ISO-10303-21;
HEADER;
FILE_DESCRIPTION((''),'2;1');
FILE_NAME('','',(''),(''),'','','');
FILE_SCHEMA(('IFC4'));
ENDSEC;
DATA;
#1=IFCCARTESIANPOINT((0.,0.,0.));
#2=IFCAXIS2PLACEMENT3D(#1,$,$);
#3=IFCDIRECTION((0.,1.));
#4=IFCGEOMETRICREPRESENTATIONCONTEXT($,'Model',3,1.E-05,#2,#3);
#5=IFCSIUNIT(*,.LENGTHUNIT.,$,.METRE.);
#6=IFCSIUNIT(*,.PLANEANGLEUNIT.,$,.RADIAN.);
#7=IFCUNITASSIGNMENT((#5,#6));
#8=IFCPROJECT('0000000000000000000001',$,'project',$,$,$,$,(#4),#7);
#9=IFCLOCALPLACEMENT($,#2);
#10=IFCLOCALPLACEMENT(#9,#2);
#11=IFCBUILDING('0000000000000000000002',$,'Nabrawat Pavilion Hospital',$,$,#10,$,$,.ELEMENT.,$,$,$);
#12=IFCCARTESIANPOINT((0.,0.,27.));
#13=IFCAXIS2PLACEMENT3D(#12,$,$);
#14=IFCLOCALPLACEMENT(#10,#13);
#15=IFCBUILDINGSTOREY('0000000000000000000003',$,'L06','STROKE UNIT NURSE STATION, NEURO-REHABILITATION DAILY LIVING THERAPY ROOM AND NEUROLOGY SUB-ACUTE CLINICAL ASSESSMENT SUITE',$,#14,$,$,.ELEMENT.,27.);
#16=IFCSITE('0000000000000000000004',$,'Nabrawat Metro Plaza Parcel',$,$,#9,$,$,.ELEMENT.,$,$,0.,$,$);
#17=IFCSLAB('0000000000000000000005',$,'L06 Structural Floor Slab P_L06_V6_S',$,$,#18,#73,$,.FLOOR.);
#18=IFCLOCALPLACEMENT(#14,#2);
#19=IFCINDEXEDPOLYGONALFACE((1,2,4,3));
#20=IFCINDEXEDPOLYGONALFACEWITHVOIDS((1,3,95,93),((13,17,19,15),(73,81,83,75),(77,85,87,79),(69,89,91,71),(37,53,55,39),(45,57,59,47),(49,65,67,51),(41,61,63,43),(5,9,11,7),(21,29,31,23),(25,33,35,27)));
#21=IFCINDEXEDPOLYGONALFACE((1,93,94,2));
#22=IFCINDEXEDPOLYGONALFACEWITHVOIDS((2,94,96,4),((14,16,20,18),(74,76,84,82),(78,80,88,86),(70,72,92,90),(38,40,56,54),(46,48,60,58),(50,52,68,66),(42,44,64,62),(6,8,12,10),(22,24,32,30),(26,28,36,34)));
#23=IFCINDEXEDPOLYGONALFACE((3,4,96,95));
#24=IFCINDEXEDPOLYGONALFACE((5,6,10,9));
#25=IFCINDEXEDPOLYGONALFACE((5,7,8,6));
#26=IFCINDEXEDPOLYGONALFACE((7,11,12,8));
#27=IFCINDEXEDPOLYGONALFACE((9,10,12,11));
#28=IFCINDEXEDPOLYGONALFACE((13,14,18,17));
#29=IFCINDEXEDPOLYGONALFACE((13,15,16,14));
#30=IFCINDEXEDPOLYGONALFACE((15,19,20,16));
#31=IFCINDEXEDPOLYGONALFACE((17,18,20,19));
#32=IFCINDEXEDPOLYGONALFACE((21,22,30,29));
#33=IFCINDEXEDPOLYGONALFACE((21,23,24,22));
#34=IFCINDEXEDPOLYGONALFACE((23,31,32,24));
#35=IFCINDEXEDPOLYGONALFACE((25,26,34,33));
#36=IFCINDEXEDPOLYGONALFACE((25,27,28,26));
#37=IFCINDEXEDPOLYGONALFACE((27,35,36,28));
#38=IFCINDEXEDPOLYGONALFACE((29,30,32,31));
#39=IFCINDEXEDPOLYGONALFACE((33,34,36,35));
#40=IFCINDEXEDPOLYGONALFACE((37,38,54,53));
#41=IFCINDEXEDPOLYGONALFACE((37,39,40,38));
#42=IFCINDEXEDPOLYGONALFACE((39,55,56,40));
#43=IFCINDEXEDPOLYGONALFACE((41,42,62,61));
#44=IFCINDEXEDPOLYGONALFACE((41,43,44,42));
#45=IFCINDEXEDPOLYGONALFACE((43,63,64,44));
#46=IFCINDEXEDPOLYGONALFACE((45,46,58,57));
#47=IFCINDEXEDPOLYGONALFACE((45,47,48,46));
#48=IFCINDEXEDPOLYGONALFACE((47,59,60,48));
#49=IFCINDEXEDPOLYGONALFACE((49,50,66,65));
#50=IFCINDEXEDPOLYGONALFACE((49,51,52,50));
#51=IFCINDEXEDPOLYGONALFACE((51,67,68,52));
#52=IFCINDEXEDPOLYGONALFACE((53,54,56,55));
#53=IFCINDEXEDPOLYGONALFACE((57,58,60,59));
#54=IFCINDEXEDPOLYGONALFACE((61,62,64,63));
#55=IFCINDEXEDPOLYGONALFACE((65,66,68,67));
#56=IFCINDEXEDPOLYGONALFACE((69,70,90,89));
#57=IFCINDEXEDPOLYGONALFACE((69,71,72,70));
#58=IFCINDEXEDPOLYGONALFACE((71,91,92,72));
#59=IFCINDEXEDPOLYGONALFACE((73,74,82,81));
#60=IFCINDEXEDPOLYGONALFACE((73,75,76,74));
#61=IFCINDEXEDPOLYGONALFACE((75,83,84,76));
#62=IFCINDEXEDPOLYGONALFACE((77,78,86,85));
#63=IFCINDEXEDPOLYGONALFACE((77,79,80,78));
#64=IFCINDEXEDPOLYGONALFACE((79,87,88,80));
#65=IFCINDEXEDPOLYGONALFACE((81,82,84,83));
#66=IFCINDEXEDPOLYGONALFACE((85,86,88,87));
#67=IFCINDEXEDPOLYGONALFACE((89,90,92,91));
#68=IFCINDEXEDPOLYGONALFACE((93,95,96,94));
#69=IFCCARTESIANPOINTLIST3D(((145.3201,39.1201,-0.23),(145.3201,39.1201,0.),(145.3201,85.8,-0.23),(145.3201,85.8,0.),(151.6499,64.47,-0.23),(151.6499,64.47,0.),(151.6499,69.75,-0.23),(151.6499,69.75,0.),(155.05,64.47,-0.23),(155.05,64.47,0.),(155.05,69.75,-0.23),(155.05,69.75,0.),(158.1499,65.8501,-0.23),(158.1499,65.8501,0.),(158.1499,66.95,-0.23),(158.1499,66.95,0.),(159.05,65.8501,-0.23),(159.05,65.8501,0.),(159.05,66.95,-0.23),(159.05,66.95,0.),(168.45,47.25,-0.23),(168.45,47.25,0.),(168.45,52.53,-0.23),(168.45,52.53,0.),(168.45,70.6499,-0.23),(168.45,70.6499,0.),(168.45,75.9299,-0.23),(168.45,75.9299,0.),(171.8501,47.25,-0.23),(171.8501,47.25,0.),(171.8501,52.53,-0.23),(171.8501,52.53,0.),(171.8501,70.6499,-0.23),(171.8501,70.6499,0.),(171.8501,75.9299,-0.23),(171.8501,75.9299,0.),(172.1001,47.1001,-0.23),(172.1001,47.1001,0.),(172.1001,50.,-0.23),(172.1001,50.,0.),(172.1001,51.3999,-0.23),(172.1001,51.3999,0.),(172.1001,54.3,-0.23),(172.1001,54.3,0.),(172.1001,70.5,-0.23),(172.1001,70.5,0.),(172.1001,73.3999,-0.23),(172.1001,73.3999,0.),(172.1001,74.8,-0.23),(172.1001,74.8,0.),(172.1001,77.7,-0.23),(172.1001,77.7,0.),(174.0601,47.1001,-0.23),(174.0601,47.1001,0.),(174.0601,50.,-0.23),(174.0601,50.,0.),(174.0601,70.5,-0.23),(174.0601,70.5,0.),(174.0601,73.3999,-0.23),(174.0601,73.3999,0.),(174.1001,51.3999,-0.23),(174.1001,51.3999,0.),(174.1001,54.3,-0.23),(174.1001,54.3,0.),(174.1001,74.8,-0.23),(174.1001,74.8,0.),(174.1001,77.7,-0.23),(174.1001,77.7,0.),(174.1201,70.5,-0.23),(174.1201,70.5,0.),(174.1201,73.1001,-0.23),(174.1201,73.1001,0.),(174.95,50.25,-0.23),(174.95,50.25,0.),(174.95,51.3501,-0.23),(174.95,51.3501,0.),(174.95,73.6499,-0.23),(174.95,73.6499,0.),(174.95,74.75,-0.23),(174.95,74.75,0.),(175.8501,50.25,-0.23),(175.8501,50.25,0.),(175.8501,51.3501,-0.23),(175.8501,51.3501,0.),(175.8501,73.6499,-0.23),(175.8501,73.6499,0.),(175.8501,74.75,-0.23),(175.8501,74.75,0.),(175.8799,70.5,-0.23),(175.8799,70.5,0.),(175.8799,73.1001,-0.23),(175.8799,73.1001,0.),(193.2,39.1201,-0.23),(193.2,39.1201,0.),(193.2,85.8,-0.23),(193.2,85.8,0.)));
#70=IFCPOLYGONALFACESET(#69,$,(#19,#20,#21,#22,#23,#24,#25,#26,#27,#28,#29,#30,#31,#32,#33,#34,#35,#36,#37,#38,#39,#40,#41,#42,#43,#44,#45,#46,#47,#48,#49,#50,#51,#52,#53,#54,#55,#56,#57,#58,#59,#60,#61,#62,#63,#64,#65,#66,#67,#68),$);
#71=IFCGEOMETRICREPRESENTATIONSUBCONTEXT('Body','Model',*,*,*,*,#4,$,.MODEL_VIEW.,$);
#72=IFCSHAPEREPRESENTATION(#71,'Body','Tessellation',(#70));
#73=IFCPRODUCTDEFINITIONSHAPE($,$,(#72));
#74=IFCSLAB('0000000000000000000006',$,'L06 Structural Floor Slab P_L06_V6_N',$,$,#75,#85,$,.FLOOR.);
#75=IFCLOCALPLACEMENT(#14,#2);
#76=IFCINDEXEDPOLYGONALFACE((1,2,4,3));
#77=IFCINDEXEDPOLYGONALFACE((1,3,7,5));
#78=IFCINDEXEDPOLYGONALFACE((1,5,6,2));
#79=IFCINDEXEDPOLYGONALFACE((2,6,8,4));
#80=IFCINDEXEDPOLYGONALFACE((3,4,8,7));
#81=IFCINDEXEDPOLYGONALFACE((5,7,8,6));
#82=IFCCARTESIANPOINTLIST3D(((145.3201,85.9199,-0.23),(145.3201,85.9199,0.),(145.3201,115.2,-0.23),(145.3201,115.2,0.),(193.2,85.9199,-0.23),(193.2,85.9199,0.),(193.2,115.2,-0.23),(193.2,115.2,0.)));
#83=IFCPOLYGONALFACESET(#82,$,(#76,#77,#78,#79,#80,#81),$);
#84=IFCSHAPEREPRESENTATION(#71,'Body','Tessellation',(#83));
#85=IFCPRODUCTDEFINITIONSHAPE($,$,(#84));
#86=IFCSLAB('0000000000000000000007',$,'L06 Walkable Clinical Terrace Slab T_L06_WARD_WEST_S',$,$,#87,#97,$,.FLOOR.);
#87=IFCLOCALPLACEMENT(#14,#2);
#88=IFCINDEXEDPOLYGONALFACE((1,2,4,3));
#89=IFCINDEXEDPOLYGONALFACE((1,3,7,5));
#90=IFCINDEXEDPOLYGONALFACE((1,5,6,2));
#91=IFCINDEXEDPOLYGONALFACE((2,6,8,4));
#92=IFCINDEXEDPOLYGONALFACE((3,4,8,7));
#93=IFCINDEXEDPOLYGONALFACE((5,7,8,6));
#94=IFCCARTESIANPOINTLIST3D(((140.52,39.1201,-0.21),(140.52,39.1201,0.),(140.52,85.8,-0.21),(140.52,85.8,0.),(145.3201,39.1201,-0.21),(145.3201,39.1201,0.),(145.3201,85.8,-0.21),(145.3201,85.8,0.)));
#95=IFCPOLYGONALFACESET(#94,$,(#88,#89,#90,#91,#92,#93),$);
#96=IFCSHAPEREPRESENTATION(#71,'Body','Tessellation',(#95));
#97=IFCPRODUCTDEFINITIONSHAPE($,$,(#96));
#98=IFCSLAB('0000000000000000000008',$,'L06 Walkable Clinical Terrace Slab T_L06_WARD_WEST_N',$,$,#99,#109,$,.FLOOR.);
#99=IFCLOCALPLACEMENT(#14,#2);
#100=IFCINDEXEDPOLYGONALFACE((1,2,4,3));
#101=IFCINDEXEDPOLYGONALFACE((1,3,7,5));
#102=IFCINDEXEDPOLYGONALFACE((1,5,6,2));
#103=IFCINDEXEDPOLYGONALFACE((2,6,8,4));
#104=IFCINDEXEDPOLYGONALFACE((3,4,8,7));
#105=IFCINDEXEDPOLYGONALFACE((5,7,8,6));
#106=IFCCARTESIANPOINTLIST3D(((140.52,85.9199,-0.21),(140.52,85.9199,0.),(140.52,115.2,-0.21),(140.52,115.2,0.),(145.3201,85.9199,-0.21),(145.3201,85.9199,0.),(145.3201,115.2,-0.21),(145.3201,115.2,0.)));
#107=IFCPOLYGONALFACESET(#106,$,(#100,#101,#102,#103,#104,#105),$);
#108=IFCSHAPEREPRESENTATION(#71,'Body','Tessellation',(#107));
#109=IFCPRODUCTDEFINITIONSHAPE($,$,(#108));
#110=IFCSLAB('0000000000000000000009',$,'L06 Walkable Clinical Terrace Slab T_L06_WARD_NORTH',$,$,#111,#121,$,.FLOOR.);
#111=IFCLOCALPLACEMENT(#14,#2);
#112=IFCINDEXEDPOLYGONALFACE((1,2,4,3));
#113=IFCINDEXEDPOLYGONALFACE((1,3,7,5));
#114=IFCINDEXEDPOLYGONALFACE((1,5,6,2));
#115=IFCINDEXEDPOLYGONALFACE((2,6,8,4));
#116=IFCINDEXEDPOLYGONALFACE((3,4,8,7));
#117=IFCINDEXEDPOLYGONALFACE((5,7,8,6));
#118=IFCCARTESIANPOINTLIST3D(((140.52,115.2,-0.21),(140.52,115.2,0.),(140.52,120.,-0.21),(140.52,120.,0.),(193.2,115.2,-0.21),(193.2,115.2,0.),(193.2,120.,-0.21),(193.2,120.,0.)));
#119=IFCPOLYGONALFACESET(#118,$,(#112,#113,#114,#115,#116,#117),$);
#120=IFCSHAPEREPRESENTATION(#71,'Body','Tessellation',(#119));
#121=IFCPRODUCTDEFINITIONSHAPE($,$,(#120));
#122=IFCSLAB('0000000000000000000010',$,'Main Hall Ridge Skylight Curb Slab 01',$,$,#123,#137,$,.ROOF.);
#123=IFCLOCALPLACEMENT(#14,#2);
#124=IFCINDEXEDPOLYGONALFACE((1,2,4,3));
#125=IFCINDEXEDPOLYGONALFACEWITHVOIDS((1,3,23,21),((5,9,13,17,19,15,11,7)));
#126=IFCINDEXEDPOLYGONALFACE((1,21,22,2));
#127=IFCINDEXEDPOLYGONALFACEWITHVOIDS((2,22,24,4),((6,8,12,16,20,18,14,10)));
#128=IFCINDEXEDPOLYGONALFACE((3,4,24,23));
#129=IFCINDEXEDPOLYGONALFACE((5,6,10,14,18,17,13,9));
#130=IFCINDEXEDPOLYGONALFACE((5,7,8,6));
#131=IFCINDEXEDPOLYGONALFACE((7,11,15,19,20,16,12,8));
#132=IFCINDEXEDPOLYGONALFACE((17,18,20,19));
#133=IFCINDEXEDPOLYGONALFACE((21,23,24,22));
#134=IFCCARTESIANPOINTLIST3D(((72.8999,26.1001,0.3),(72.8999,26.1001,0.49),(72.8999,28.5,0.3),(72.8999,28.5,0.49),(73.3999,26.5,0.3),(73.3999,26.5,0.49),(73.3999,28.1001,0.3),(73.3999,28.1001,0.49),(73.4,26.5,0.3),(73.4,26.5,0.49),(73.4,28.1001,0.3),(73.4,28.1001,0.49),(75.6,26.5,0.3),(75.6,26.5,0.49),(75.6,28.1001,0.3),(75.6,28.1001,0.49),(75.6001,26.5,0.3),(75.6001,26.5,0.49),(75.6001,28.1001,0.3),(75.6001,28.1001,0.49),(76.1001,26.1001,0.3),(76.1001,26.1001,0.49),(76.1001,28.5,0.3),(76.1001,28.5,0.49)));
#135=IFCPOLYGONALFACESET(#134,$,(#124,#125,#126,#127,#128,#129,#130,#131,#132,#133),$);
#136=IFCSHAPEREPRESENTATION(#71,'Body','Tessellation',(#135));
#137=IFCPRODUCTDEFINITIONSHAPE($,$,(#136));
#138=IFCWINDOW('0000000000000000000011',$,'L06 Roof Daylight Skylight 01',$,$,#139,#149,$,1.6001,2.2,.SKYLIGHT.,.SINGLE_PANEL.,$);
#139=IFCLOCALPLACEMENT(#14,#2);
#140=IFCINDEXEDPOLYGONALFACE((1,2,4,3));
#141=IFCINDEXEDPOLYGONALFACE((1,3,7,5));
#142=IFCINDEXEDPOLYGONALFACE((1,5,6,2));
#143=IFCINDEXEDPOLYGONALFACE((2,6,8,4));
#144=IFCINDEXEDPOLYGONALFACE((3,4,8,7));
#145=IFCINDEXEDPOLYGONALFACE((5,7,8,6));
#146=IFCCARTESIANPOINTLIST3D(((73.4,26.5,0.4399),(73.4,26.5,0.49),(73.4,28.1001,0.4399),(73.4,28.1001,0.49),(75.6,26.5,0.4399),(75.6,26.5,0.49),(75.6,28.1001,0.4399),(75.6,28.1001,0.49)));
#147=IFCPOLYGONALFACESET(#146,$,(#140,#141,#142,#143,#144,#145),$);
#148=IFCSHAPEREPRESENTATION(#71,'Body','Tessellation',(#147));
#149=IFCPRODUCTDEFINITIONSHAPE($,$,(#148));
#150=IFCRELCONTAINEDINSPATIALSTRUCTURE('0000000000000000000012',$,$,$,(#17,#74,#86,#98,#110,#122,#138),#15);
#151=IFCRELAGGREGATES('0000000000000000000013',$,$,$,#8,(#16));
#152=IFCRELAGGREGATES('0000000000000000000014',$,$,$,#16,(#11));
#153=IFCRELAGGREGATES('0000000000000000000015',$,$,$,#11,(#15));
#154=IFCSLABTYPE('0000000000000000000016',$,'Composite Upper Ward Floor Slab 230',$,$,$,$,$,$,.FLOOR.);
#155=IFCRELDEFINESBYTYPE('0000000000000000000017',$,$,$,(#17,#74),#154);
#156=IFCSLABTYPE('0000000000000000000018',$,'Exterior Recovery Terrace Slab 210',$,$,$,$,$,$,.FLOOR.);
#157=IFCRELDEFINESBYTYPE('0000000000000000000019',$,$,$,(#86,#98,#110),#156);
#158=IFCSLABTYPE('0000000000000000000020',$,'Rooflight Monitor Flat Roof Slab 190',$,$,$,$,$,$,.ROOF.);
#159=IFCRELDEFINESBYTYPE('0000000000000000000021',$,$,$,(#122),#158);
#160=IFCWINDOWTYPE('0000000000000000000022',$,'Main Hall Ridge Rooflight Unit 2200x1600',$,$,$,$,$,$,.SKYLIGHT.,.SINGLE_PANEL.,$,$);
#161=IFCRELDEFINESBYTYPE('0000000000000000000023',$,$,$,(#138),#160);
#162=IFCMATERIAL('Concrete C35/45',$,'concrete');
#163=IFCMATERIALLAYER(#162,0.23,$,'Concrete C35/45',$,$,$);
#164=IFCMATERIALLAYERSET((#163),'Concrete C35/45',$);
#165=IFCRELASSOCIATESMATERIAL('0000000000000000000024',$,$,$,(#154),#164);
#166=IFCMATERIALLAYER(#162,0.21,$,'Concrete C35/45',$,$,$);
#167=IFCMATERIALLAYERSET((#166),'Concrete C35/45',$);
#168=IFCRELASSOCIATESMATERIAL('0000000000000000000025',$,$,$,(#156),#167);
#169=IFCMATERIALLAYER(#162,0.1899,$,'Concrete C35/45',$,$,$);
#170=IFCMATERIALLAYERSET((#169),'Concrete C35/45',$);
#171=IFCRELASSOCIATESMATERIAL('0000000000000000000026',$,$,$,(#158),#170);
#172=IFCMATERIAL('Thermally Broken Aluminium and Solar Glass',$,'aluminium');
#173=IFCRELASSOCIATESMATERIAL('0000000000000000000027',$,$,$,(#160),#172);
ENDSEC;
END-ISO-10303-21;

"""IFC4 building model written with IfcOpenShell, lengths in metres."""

from ifc_helpers import new_model, si_unit, direction, frame, origin, origin_2d, place, context, subcontext, project, spatial, polyline, rectangle, outline, extrude, material, layer, layer_set, type_object, element, fill, save


model = new_model("IFC4")

# Units and contexts
model_context = context("Model", 3, precision=1e-05, world=origin(), true_north=direction((0.0, 1.0)))
body_context = subcontext(model_context, "Body", "Model", "MODEL_VIEW")
ifc_project = project(units=[si_unit("LENGTHUNIT", "METRE"), si_unit("PLANEANGLEUNIT", "RADIAN")], contexts=[model_context])

# Site, building, storey
site_placement = place(None, origin())
site = spatial("IfcSite", under=ifc_project, at=site_placement, Name="Nabrawat Metro Plaza Parcel", CompositionType="ELEMENT", RefElevation=0.0)
building_placement = place(site_placement, origin())
building = spatial("IfcBuilding", under=site, at=building_placement, Name="Nabrawat Pavilion Hospital", CompositionType="ELEMENT")
storey_placement = place(building_placement, frame((0.0, 0.0, 27.0)))
storey = spatial("IfcBuildingStorey", under=building, at=storey_placement, Name="L06", Description="STROKE UNIT NURSE STATION, NEURO-REHABILITATION DAILY LIVING THERAPY ROOM AND NEUROLOGY SUB-ACUTE CLINICAL ASSESSMENT SUITE", CompositionType="ELEMENT", Elevation=27.0)

# Slabs
ifc_material_1 = material(Name="Concrete C35/45", Category="concrete")
ifc_layer_1 = layer(ifc_material_1, 0.23, Name="Concrete C35/45")
ifc_layer_set_1 = layer_set([ifc_layer_1], Name="Concrete C35/45")
slab_type_1 = type_object("IfcSlabType", Name="Composite Upper Ward Floor Slab 230", PredefinedType="FLOOR", material=ifc_layer_set_1)
slab_1_placement = place(storey_placement, frame((0.0, 0.0, -0.23)))
element("IfcSlab", 1, at=slab_1_placement, inside=storey, type_object=slab_type_1, Name="L06 Structural Floor Slab P_L06_V6_S", PredefinedType="FLOOR", context=body_context, shape_type="SweptSolid", body=[
    extrude(outline(polyline([(145.3201, 39.1201), (193.2, 39.1201), (193.2, 85.8), (145.3201, 85.8), (145.3201, 39.1201)]), holes=[polyline([(175.8799, 73.1001), (175.8799, 70.5), (174.1201, 70.5), (174.1201, 73.1001), (175.8799, 73.1001)]), polyline([(174.95, 50.25), (174.95, 51.3501), (175.8501, 51.3501), (175.8501, 50.25), (174.95, 50.25)]), polyline([(174.95, 73.6499), (174.95, 74.75), (175.8501, 74.75), (175.8501, 73.6499), (174.95, 73.6499)]), polyline([(172.1001, 51.3999), (172.1001, 54.3), (174.1001, 54.3), (174.1001, 51.3999), (172.1001, 51.3999)]), polyline([(172.1001, 74.8), (172.1001, 77.7), (174.1001, 77.7), (174.1001, 74.8), (172.1001, 74.8)]), polyline([(174.0601, 50.0), (174.0601, 47.1001), (172.1001, 47.1001), (172.1001, 50.0), (174.0601, 50.0)]), polyline([(172.1001, 70.5), (172.1001, 73.3999), (174.0601, 73.3999), (174.0601, 70.5), (172.1001, 70.5)]), polyline([(171.8501, 47.25), (168.45, 47.25), (168.45, 52.53), (171.8501, 52.53), (171.8501, 47.25)]), polyline([(171.8501, 70.6499), (168.45, 70.6499), (168.45, 75.9299), (171.8501, 75.9299), (171.8501, 70.6499)]), polyline([(159.05, 66.95), (159.05, 65.8501), (158.1499, 65.8501), (158.1499, 66.95), (159.05, 66.95)]), polyline([(155.05, 64.47), (151.6499, 64.47), (151.6499, 69.75), (155.05, 69.75), (155.05, 64.47)])]), origin(), (0.0, 0.0, 1.0), 0.23),
])
slab_2_placement = place(storey_placement, frame((0.0, 0.0, -0.23)))
element("IfcSlab", 2, at=slab_2_placement, inside=storey, type_object=slab_type_1, Name="L06 Structural Floor Slab P_L06_V6_N", PredefinedType="FLOOR", context=body_context, shape_type="SweptSolid", body=[
    extrude(outline(polyline([(193.2, 85.9199), (193.2, 115.2), (145.3201, 115.2), (145.3201, 85.9199), (193.2, 85.9199)])), origin(), (0.0, 0.0, 1.0), 0.23),
])
ifc_layer_2 = layer(ifc_material_1, 0.21, Name="Concrete C35/45")
ifc_layer_set_2 = layer_set([ifc_layer_2], Name="Concrete C35/45")
slab_type_2 = type_object("IfcSlabType", Name="Exterior Recovery Terrace Slab 210", PredefinedType="FLOOR", material=ifc_layer_set_2)
slab_3_placement = place(storey_placement, frame((0.0, 0.0, -0.21)))
element("IfcSlab", 3, at=slab_3_placement, inside=storey, type_object=slab_type_2, Name="L06 Walkable Clinical Terrace Slab T_L06_WARD_WEST_S", PredefinedType="FLOOR", context=body_context, shape_type="SweptSolid", body=[
    extrude(outline(polyline([(145.3201, 39.1201), (145.3201, 85.8), (140.52, 85.8), (140.52, 39.1201), (145.3201, 39.1201)])), origin(), (0.0, 0.0, 1.0), 0.21),
])
slab_4_placement = place(storey_placement, frame((0.0, 0.0, -0.21)))
element("IfcSlab", 4, at=slab_4_placement, inside=storey, type_object=slab_type_2, Name="L06 Walkable Clinical Terrace Slab T_L06_WARD_WEST_N", PredefinedType="FLOOR", context=body_context, shape_type="SweptSolid", body=[
    extrude(outline(polyline([(145.3201, 85.9199), (145.3201, 115.2), (140.52, 115.2), (140.52, 85.9199), (145.3201, 85.9199)])), origin(), (0.0, 0.0, 1.0), 0.21),
])
slab_5_placement = place(storey_placement, frame((0.0, 0.0, -0.21)))
element("IfcSlab", 5, at=slab_5_placement, inside=storey, type_object=slab_type_2, Name="L06 Walkable Clinical Terrace Slab T_L06_WARD_NORTH", PredefinedType="FLOOR", context=body_context, shape_type="SweptSolid", body=[
    extrude(outline(polyline([(193.2, 115.2), (193.2, 120.0), (140.52, 120.0), (140.52, 115.2), (193.2, 115.2)])), origin(), (0.0, 0.0, 1.0), 0.21),
])

# Slab, opening, window
ifc_layer_3 = layer(ifc_material_1, 0.1899, Name="Concrete C35/45")
ifc_layer_set_3 = layer_set([ifc_layer_3], Name="Concrete C35/45")
slab_type_3 = type_object("IfcSlabType", Name="Rooflight Monitor Flat Roof Slab 190", PredefinedType="ROOF", material=ifc_layer_set_3)
slab_6_placement = place(storey_placement, frame((0.0, 0.0, 0.3)))
slab_6 = element("IfcSlab", 6, at=slab_6_placement, inside=storey, type_object=slab_type_3, Name="Main Hall Ridge Skylight Curb Slab 01", PredefinedType="ROOF", context=body_context, shape_type="SweptSolid", body=[
    extrude(outline(polyline([(72.8999, 26.1001), (76.1001, 26.1001), (76.1001, 28.5), (72.8999, 28.5), (72.8999, 26.1001)]), holes=[polyline([(73.3999, 26.5), (73.3999, 28.1001), (75.6001, 28.1001), (75.6001, 26.5), (73.3999, 26.5)])]), origin(), (0.0, 0.0, 1.0), 0.1899),
])
opening_1_placement = place(slab_6_placement, frame((74.5, 27.3, -0.01)))
opening_1 = element("IfcOpeningElement", 7, at=opening_1_placement, cuts=slab_6, PredefinedType="OPENING", context=body_context, shape_type="SweptSolid", body=[
    extrude(rectangle(XDim=2.2, YDim=1.6001, at=origin_2d()), origin(), (0.0, 0.0, 1.0), 0.21),
])
ifc_material_2 = material(Name="Thermally Broken Aluminium and Solar Glass", Category="aluminium")
window_type = type_object("IfcWindowType", Name="Main Hall Ridge Rooflight Unit 2200x1600", PartitioningType="SINGLE_PANEL", PredefinedType="SKYLIGHT", material=ifc_material_2)
window_1_placement = place(opening_1_placement, frame((0.0, 0.0, 0.1499)))
window_1 = element("IfcWindow", 8, at=window_1_placement, inside=storey, type_object=window_type, Name="L06 Roof Daylight Skylight 01", OverallHeight=1.6001, OverallWidth=2.2, PartitioningType="SINGLE_PANEL", PredefinedType="SKYLIGHT", context=body_context, shape_type="SweptSolid", body=[
    extrude(rectangle(XDim=2.2, YDim=1.6001, at=origin_2d()), origin(), (0.0, 0.0, 1.0), 0.05),
])
fill(opening_1, window_1)

save(model, "model.ifc")
